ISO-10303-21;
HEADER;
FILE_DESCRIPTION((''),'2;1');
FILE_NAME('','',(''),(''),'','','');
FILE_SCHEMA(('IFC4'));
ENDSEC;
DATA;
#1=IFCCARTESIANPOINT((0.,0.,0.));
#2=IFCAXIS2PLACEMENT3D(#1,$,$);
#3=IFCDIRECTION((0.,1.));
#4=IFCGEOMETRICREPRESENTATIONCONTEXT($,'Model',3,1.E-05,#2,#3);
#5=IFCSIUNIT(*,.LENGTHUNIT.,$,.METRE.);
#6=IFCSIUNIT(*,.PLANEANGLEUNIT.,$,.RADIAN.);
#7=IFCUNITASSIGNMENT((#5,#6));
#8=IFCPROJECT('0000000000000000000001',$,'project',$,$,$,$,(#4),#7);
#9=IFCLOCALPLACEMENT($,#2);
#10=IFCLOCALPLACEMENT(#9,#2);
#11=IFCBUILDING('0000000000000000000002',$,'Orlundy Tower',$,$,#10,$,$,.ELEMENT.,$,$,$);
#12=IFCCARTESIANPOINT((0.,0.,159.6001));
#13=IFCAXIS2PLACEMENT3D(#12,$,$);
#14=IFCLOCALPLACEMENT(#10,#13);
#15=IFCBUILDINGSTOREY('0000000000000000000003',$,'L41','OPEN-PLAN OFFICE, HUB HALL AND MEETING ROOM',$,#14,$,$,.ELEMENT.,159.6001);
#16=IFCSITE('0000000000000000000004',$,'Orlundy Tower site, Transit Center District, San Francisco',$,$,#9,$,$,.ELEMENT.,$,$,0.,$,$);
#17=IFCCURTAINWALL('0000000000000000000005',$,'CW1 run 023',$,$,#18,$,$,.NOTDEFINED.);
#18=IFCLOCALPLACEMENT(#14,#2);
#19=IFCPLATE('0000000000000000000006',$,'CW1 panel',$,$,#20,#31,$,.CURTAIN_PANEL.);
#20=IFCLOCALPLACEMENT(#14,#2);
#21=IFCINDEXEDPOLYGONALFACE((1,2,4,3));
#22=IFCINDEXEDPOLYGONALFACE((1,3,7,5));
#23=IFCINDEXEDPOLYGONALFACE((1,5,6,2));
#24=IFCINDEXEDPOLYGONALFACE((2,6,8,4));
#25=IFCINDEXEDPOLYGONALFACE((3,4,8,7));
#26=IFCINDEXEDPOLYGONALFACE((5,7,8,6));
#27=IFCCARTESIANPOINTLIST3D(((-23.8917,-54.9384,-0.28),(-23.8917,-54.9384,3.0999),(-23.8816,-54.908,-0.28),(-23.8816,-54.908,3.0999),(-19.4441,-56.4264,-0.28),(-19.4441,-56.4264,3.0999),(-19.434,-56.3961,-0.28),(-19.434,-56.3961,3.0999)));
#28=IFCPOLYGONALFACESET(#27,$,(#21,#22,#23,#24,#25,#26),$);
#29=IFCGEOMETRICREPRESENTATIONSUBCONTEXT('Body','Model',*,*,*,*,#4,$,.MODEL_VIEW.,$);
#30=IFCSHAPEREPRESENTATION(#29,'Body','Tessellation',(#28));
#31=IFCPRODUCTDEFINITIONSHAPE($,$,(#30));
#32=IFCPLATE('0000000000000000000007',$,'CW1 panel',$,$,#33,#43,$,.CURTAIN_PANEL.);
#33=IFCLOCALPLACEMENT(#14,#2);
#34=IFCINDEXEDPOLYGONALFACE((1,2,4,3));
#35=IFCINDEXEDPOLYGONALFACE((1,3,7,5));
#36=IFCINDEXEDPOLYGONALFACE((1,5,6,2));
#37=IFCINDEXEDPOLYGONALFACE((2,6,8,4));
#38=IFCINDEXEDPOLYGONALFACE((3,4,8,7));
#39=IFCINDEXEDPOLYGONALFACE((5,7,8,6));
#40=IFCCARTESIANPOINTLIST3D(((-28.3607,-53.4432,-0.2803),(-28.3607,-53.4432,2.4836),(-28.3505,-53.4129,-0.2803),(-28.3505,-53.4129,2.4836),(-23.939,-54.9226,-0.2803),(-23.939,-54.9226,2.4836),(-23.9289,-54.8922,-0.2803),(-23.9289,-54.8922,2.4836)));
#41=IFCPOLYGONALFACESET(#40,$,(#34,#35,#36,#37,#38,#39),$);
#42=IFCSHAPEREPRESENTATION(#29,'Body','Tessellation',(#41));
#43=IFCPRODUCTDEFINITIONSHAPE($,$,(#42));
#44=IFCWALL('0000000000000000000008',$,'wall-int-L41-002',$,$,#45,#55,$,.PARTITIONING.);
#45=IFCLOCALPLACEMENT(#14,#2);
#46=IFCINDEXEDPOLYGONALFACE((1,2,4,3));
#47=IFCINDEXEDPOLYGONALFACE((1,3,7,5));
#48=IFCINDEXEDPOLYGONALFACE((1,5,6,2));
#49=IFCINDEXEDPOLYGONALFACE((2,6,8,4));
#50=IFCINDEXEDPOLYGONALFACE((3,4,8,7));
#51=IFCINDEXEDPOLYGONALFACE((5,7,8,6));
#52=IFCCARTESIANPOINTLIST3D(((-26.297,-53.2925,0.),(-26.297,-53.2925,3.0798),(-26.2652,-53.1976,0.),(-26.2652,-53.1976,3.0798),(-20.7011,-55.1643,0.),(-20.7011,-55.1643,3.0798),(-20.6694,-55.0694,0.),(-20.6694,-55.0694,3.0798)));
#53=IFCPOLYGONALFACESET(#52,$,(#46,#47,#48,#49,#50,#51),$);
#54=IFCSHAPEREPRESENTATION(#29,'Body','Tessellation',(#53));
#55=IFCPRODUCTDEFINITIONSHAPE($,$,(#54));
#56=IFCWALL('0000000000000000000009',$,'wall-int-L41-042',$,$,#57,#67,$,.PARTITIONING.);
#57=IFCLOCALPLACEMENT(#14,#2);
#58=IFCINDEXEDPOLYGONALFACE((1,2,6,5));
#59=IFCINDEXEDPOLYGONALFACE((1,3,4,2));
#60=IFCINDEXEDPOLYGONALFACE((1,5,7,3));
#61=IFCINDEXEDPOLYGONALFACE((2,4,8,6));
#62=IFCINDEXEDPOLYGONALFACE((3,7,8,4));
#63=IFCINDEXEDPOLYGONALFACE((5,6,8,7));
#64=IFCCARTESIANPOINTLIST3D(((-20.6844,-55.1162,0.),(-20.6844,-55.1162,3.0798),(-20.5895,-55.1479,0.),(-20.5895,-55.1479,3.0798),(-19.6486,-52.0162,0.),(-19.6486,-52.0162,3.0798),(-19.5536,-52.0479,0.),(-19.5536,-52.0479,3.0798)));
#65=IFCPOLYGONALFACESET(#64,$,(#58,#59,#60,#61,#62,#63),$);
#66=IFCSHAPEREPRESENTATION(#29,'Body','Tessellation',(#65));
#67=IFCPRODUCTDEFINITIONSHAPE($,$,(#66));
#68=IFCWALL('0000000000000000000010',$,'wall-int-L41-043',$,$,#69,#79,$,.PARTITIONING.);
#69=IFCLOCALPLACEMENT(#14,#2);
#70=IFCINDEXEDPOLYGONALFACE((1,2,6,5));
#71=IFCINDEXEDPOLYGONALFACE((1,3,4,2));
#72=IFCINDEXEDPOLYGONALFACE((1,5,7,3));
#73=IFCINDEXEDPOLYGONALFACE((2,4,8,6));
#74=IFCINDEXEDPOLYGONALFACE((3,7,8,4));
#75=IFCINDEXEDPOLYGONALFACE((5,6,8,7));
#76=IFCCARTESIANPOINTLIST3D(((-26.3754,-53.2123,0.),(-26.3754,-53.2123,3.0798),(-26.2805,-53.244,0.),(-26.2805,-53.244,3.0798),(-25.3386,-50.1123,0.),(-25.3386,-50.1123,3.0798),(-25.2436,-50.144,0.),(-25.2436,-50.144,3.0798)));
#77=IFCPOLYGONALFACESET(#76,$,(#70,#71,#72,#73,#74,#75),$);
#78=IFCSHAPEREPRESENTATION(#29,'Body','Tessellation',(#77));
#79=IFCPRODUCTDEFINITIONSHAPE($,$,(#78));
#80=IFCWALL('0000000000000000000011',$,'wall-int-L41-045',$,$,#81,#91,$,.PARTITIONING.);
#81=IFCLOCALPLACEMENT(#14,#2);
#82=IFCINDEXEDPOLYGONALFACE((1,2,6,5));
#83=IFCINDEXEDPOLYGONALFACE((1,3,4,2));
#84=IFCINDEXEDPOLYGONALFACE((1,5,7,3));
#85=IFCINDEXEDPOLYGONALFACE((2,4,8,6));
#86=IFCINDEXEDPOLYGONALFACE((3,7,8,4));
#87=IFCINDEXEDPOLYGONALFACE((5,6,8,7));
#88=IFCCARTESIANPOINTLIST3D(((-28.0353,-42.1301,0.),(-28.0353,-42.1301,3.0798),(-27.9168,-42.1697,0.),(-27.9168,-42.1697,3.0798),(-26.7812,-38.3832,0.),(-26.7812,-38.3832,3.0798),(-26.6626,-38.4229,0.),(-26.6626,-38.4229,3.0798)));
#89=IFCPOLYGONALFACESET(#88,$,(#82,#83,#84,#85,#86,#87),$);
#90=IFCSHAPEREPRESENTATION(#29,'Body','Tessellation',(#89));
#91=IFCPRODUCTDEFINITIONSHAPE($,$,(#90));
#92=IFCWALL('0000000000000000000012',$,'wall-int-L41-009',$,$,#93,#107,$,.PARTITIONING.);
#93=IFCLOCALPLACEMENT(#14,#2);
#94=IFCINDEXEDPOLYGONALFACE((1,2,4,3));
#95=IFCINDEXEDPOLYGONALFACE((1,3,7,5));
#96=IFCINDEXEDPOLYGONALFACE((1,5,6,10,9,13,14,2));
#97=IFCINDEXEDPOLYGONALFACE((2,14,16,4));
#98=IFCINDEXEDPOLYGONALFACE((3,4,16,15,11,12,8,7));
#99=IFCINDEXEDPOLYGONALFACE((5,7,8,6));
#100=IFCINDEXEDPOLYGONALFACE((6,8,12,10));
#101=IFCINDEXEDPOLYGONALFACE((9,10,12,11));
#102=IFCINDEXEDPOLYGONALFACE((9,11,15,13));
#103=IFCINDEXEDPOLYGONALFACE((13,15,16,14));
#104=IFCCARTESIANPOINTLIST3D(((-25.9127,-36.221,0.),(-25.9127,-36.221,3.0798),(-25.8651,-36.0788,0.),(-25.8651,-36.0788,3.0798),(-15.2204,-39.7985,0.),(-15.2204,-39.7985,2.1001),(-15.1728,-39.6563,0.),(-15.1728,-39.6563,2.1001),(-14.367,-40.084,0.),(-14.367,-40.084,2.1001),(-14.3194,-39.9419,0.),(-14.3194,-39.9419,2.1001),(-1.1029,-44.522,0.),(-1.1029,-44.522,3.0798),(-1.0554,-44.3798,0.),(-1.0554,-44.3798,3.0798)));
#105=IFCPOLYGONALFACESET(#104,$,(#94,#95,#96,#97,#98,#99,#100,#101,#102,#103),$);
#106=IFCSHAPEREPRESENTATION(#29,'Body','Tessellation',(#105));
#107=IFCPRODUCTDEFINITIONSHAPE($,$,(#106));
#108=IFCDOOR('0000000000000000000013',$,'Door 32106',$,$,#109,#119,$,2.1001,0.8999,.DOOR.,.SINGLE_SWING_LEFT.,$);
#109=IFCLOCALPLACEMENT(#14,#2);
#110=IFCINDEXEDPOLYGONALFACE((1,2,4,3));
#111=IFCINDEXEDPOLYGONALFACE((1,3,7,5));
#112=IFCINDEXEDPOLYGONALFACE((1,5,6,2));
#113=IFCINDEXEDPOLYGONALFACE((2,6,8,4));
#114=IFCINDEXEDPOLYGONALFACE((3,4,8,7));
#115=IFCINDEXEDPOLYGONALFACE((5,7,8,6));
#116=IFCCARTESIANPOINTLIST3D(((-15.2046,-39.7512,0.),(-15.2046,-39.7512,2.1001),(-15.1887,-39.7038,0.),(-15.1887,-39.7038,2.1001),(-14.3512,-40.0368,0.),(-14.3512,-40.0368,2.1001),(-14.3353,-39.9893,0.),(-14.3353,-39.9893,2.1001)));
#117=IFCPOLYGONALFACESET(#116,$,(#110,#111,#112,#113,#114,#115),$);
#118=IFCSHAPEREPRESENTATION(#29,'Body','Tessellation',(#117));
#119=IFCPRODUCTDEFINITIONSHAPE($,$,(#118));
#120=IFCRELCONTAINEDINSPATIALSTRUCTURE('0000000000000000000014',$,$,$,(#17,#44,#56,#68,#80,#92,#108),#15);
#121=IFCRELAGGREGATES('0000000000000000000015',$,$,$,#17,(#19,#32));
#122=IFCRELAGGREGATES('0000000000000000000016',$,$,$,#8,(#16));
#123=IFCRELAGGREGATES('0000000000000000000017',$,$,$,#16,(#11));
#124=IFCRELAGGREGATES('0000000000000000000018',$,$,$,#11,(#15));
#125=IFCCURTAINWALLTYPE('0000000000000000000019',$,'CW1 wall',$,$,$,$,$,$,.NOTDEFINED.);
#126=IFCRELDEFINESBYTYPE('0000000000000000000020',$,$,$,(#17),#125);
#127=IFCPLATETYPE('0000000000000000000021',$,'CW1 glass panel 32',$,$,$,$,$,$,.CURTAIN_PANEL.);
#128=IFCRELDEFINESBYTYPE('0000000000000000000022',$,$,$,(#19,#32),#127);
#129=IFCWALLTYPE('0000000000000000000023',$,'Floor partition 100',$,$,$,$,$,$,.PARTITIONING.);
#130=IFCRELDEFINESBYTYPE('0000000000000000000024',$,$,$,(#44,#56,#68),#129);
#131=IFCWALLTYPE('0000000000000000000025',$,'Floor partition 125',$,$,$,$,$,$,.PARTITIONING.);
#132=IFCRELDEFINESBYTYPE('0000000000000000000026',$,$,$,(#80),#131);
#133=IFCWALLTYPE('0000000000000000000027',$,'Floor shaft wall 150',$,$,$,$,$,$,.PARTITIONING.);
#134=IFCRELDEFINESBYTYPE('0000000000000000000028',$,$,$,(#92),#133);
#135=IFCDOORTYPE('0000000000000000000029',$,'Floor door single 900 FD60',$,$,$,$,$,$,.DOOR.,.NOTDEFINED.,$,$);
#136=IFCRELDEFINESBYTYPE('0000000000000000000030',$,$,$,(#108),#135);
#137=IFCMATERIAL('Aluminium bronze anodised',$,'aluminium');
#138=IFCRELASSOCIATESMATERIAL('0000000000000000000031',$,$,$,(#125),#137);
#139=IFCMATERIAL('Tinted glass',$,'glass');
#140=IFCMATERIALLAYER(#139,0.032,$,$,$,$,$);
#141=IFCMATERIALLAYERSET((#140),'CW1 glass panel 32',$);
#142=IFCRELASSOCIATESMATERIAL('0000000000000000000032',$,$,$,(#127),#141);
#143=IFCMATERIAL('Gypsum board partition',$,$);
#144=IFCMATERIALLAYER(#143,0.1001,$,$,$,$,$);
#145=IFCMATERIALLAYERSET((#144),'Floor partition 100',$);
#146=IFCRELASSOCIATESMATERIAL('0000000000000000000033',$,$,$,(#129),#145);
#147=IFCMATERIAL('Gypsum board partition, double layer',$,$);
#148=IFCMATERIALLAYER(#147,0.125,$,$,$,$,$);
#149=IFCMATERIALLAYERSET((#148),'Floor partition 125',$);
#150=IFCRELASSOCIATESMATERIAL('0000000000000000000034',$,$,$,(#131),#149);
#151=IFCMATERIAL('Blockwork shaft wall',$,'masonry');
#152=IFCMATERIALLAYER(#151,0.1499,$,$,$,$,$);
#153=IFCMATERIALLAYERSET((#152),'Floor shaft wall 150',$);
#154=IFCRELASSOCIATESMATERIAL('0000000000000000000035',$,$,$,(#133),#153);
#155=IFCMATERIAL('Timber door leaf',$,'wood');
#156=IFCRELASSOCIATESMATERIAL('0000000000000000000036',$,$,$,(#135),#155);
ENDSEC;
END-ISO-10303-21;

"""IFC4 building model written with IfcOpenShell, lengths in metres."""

from ifc_helpers import new_model, si_unit, direction, frame, frame_2d, origin, origin_2d, place, context, subcontext, project, spatial, rectangle, extrude, material, layer, layer_set, type_object, element, fill, aggregate, save


model = new_model("IFC4")

# Units and contexts
model_context = context("Model", 3, precision=1e-05, world=origin(), true_north=direction((0.0, 1.0)))
body_context = subcontext(model_context, "Body", "Model", "MODEL_VIEW")
ifc_project = project(units=[si_unit("LENGTHUNIT", "METRE"), si_unit("PLANEANGLEUNIT", "RADIAN")], contexts=[model_context])

# Site, building, storey
site_placement = place(None, origin())
site = spatial("IfcSite", under=ifc_project, at=site_placement, Name="Orlundy Tower site, Transit Center District, San Francisco", CompositionType="ELEMENT", RefElevation=0.0)
building_placement = place(site_placement, origin())
building = spatial("IfcBuilding", under=site, at=building_placement, Name="Orlundy Tower", CompositionType="ELEMENT")
storey_placement = place(building_placement, frame((0.0, 0.0, 159.6001)))
storey = spatial("IfcBuildingStorey", under=building, at=storey_placement, Name="L41", Description="OPEN-PLAN OFFICE, HUB HALL AND MEETING ROOM", CompositionType="ELEMENT", Elevation=159.6001)

# Curtain wall
ifc_material_1 = material(Name="Aluminium bronze anodised", Category="aluminium")
curtain_wall_type = type_object("IfcCurtainWallType", Name="CW1 wall", PredefinedType="NOTDEFINED", material=ifc_material_1)
curtain_wall_1_placement = place(storey_placement, origin())
curtain_wall_1 = element("IfcCurtainWall", 1, at=curtain_wall_1_placement, inside=storey, type_object=curtain_wall_type, Name="CW1 run 023", PredefinedType="NOTDEFINED")

# Shared definitions
ifc_material_2 = material(Name="Tinted glass", Category="glass")
ifc_layer_1 = layer(ifc_material_2, 0.032)
ifc_layer_set_1 = layer_set([ifc_layer_1], Name="CW1 glass panel 32")
plate_type = type_object("IfcPlateType", Name="CW1 glass panel 32", PredefinedType="CURTAIN_PANEL", material=ifc_layer_set_1)

# Plates
plate_1_placement = place(storey_placement, frame((-21.6628, -55.6672, -0.28), z_axis=(0.0, 0.0, 1.0), x_axis=(-0.94833, 0.317285, 0.0)))
plate_1 = element("IfcPlate", 2, at=plate_1_placement, type_object=plate_type, Name="CW1 panel", PredefinedType="CURTAIN_PANEL", context=body_context, shape_type="SweptSolid", body=[
    extrude(rectangle(XDim=4.6899, YDim=0.032, at=origin_2d()), origin(), (0.0, 0.0, 1.0), 3.3799),
])
plate_2_placement = place(storey_placement, frame((-26.1448, -54.1677, -0.2803), z_axis=(0.0, 0.0, 1.0), x_axis=(-0.94833, 0.317285, 0.0)))
plate_2 = element("IfcPlate", 3, at=plate_2_placement, type_object=plate_type, Name="CW1 panel", PredefinedType="CURTAIN_PANEL", context=body_context, shape_type="SweptSolid", body=[
    extrude(rectangle(XDim=4.6626, YDim=0.032, at=origin_2d()), origin(), (0.0, 0.0, 1.0), 2.7639),
])
aggregate(curtain_wall_1, [plate_1, plate_2])

# Walls
ifc_material_3 = material(Name="Gypsum board partition")
ifc_layer_2 = layer(ifc_material_3, 0.1001)
ifc_layer_set_2 = layer_set([ifc_layer_2], Name="Floor partition 100")
wall_type_1 = type_object("IfcWallType", Name="Floor partition 100", PredefinedType="PARTITIONING", material=ifc_layer_set_2)
wall_1_placement = place(storey_placement, frame((-26.281, -53.2451, 0.0), z_axis=(0.0, 0.0, 1.0), x_axis=(0.948352, -0.317221, 0.0)))
element("IfcWall", 4, at=wall_1_placement, inside=storey, type_object=wall_type_1, Name="wall-int-L41-002", PredefinedType="PARTITIONING", context=body_context, shape_type="SweptSolid", body=[
    extrude(rectangle(XDim=5.9006, YDim=0.1001, at=frame_2d((2.9502, 0.0))), origin(), (0.0, 0.0, 1.0), 3.0798),
])
wall_2_placement = place(storey_placement, frame((-20.637, -55.1321, 0.0), z_axis=(0.0, 0.0, 1.0), x_axis=(0.316922, 0.948451, 0.0)))
element("IfcWall", 5, at=wall_2_placement, inside=storey, type_object=wall_type_1, Name="wall-int-L41-042", PredefinedType="PARTITIONING", context=body_context, shape_type="SweptSolid", body=[
    extrude(rectangle(XDim=3.2686, YDim=0.1001, at=frame_2d((1.6343, 0.0))), origin(), (0.0, 0.0, 1.0), 3.0798),
])
wall_3_placement = place(storey_placement, frame((-26.3279, -53.228, 0.0), z_axis=(0.0, 0.0, 1.0), x_axis=(0.317191, 0.948362, 0.0)))
element("IfcWall", 6, at=wall_3_placement, inside=storey, type_object=wall_type_1, Name="wall-int-L41-043", PredefinedType="PARTITIONING", context=body_context, shape_type="SweptSolid", body=[
    extrude(rectangle(XDim=3.2688, YDim=0.1001, at=frame_2d((1.6343, 0.0))), origin(), (0.0, 0.0, 1.0), 3.0798),
])
ifc_material_4 = material(Name="Gypsum board partition, double layer")
ifc_layer_3 = layer(ifc_material_4, 0.125)
ifc_layer_set_3 = layer_set([ifc_layer_3], Name="Floor partition 125")
wall_type_2 = type_object("IfcWallType", Name="Floor partition 125", PredefinedType="PARTITIONING", material=ifc_layer_set_3)
wall_4_placement = place(storey_placement, frame((-27.9761, -42.1499, 0.0), z_axis=(0.0, 0.0, 1.0), x_axis=(0.317414, 0.948287, 0.0)))
element("IfcWall", 7, at=wall_4_placement, inside=storey, type_object=wall_type_2, Name="wall-int-L41-045", PredefinedType="PARTITIONING", context=body_context, shape_type="SweptSolid", body=[
    extrude(rectangle(XDim=3.9512, YDim=0.125, at=frame_2d((1.9756, 0.0))), origin(), (0.0, 0.0, 1.0), 3.0798),
])

# Wall, opening, door
ifc_material_5 = material(Name="Blockwork shaft wall", Category="masonry")
ifc_layer_4 = layer(ifc_material_5, 0.1499)
ifc_layer_set_4 = layer_set([ifc_layer_4], Name="Floor shaft wall 150")
wall_type_3 = type_object("IfcWallType", Name="Floor shaft wall 150", PredefinedType="PARTITIONING", material=ifc_layer_set_4)
wall_5_placement = place(storey_placement, frame((-25.8889, -36.1499, 0.0), z_axis=(0.0, 0.0, 1.0), x_axis=(0.948326, -0.317297, 0.0)))
wall_5 = element("IfcWall", 8, at=wall_5_placement, inside=storey, type_object=wall_type_3, Name="wall-int-L41-009", PredefinedType="PARTITIONING", context=body_context, shape_type="SweptSolid", body=[
    extrude(rectangle(XDim=26.1616, YDim=0.1499, at=frame_2d((13.0808, 0.0))), origin(), (0.0, 0.0, 1.0), 3.0798),
])
opening_placement = place(wall_5_placement, frame((11.2749, 0.0, 0.0)))
opening = element("IfcOpeningElement", 9, at=opening_placement, cuts=wall_5, PredefinedType="OPENING", context=body_context, shape_type="SweptSolid", body=[
    extrude(rectangle(XDim=0.8999, YDim=2.1001, at=frame_2d((0.45, 1.05))), frame((0.0, 0.085, 0.0), z_axis=(0.0, -1.0, 0.0), x_axis=(1.0, 0.0, 0.0)), (0.0, 0.0, 1.0), 0.1699),
])
ifc_material_6 = material(Name="Timber door leaf", Category="wood")
door_type = type_object("IfcDoorType", Name="Floor door single 900 FD60", OperationType="NOTDEFINED", PredefinedType="DOOR", material=ifc_material_6)
door_placement = place(opening_placement, origin())
door = element("IfcDoor", 10, at=door_placement, inside=storey, type_object=door_type, Name="Door 32106", OperationType="SINGLE_SWING_LEFT", OverallHeight=2.1001, OverallWidth=0.8999, PredefinedType="DOOR", context=body_context, shape_type="SweptSolid", body=[
    extrude(rectangle(XDim=0.8999, YDim=2.1001, at=frame_2d((0.45, 1.05))), frame((0.0, 0.0249, 0.0), z_axis=(0.0, -1.0, 0.0), x_axis=(1.0, 0.0, 0.0)), (0.0, 0.0, 1.0), 0.05),
])
fill(opening, door)

save(model, "model.ifc")
